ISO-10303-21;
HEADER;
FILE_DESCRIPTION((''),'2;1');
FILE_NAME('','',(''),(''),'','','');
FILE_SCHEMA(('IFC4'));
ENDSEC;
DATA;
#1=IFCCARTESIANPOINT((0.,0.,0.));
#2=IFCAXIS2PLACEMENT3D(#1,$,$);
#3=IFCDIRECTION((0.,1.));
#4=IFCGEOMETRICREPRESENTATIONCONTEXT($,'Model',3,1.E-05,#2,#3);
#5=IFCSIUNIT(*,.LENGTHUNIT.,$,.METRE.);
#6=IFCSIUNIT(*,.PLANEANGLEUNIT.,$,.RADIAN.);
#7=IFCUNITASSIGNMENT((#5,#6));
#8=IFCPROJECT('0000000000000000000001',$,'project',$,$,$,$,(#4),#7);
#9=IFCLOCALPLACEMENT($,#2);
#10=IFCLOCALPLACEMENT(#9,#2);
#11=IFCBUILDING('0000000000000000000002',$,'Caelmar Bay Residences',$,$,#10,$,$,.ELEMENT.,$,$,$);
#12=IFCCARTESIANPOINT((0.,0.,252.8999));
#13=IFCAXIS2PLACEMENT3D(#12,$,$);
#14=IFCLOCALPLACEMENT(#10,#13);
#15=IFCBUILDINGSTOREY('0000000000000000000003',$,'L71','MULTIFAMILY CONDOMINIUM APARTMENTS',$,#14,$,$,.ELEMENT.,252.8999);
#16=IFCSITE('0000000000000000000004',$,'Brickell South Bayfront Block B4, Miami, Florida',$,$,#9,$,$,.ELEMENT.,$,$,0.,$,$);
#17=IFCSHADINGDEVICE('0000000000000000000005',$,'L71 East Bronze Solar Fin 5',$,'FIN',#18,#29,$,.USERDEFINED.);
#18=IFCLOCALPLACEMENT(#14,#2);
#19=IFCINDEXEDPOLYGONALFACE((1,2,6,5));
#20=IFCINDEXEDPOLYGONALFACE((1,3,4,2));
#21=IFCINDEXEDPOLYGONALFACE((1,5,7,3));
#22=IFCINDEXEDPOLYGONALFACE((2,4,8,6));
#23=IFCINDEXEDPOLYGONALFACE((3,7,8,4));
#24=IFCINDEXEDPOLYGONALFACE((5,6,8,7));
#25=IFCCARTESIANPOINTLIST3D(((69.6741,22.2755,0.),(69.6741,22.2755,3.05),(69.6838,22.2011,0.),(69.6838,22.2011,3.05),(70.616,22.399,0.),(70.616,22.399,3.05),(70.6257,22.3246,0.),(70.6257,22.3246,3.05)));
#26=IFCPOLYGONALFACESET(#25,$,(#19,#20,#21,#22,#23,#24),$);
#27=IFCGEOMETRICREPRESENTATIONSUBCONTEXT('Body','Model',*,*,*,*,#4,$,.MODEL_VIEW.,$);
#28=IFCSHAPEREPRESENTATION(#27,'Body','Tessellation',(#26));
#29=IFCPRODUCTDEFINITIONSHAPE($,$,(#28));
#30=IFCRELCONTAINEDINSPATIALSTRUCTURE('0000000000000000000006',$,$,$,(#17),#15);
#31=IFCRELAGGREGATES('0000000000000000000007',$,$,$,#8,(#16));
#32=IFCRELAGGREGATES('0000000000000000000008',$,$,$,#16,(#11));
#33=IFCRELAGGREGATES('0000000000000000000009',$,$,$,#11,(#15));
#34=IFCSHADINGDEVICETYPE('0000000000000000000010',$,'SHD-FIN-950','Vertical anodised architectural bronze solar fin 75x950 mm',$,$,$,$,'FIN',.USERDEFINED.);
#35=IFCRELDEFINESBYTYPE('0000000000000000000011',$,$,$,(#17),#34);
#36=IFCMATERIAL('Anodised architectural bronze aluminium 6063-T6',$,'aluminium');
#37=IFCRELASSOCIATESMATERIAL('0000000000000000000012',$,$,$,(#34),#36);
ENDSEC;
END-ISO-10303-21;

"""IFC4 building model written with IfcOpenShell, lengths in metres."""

from ifc_helpers import new_model, si_unit, direction, frame, origin, origin_2d, place, context, subcontext, project, spatial, rectangle, extrude, material, material_profile, profile_set, type_object, element, save


model = new_model("IFC4")

# Units and contexts
model_context = context("Model", 3, precision=1e-05, world=origin(), true_north=direction((0.0, 1.0)))
body_context = subcontext(model_context, "Body", "Model", "MODEL_VIEW")
ifc_project = project(units=[si_unit("LENGTHUNIT", "METRE"), si_unit("PLANEANGLEUNIT", "RADIAN")], contexts=[model_context])

# Site, building, storey
site_placement = place(None, origin())
site = spatial("IfcSite", under=ifc_project, at=site_placement, Name="Brickell South Bayfront Block B4, Miami, Florida", CompositionType="ELEMENT", RefElevation=0.0)
building_placement = place(site_placement, origin())
building = spatial("IfcBuilding", under=site, at=building_placement, Name="Caelmar Bay Residences", CompositionType="ELEMENT")
storey_placement = place(building_placement, frame((0.0, 0.0, 252.8999)))
storey = spatial("IfcBuildingStorey", under=building, at=storey_placement, Name="L71", Description="MULTIFAMILY CONDOMINIUM APARTMENTS", CompositionType="ELEMENT", Elevation=252.8999)

# Shading device
ifc_material_1 = material(Name="Anodised architectural bronze aluminium 6063-T6", Category="aluminium")
ifc_material_profile_1 = material_profile(ifc_material_1, rectangle(XDim=0.075, YDim=0.95, at=origin_2d()), Name="BRONZE-FIN-75X950")
ifc_profile_set_1 = profile_set([ifc_material_profile_1], Name="Anodised architectural bronze aluminium 6063-T6")
shading_device_type = type_object("IfcShadingDeviceType", Name="SHD-FIN-950", Description="Vertical anodised architectural bronze solar fin 75x950 mm", ElementType="FIN", PredefinedType="USERDEFINED", material=ifc_profile_set_1)
for number, where, z_axis, x_axis, name in (
    (1, (70.1499, 22.3, 0.0), (0.0, 0.0, 1.0), (-0.130007, 0.991513, 0.0), "L71 East Bronze Solar Fin 5"),
):
    element("IfcShadingDevice", number, at=place(storey_placement, frame(where, z_axis=z_axis, x_axis=x_axis)), inside=storey, type_object=shading_device_type, Name=name, ObjectType="FIN", PredefinedType="USERDEFINED", context=body_context, shape_type="SweptSolid", body=[
        extrude(rectangle(XDim=0.075, YDim=0.95, at=origin_2d()), origin(), (0.0, 0.0, 1.0), 3.05),
    ])

save(model, "model.ifc")
